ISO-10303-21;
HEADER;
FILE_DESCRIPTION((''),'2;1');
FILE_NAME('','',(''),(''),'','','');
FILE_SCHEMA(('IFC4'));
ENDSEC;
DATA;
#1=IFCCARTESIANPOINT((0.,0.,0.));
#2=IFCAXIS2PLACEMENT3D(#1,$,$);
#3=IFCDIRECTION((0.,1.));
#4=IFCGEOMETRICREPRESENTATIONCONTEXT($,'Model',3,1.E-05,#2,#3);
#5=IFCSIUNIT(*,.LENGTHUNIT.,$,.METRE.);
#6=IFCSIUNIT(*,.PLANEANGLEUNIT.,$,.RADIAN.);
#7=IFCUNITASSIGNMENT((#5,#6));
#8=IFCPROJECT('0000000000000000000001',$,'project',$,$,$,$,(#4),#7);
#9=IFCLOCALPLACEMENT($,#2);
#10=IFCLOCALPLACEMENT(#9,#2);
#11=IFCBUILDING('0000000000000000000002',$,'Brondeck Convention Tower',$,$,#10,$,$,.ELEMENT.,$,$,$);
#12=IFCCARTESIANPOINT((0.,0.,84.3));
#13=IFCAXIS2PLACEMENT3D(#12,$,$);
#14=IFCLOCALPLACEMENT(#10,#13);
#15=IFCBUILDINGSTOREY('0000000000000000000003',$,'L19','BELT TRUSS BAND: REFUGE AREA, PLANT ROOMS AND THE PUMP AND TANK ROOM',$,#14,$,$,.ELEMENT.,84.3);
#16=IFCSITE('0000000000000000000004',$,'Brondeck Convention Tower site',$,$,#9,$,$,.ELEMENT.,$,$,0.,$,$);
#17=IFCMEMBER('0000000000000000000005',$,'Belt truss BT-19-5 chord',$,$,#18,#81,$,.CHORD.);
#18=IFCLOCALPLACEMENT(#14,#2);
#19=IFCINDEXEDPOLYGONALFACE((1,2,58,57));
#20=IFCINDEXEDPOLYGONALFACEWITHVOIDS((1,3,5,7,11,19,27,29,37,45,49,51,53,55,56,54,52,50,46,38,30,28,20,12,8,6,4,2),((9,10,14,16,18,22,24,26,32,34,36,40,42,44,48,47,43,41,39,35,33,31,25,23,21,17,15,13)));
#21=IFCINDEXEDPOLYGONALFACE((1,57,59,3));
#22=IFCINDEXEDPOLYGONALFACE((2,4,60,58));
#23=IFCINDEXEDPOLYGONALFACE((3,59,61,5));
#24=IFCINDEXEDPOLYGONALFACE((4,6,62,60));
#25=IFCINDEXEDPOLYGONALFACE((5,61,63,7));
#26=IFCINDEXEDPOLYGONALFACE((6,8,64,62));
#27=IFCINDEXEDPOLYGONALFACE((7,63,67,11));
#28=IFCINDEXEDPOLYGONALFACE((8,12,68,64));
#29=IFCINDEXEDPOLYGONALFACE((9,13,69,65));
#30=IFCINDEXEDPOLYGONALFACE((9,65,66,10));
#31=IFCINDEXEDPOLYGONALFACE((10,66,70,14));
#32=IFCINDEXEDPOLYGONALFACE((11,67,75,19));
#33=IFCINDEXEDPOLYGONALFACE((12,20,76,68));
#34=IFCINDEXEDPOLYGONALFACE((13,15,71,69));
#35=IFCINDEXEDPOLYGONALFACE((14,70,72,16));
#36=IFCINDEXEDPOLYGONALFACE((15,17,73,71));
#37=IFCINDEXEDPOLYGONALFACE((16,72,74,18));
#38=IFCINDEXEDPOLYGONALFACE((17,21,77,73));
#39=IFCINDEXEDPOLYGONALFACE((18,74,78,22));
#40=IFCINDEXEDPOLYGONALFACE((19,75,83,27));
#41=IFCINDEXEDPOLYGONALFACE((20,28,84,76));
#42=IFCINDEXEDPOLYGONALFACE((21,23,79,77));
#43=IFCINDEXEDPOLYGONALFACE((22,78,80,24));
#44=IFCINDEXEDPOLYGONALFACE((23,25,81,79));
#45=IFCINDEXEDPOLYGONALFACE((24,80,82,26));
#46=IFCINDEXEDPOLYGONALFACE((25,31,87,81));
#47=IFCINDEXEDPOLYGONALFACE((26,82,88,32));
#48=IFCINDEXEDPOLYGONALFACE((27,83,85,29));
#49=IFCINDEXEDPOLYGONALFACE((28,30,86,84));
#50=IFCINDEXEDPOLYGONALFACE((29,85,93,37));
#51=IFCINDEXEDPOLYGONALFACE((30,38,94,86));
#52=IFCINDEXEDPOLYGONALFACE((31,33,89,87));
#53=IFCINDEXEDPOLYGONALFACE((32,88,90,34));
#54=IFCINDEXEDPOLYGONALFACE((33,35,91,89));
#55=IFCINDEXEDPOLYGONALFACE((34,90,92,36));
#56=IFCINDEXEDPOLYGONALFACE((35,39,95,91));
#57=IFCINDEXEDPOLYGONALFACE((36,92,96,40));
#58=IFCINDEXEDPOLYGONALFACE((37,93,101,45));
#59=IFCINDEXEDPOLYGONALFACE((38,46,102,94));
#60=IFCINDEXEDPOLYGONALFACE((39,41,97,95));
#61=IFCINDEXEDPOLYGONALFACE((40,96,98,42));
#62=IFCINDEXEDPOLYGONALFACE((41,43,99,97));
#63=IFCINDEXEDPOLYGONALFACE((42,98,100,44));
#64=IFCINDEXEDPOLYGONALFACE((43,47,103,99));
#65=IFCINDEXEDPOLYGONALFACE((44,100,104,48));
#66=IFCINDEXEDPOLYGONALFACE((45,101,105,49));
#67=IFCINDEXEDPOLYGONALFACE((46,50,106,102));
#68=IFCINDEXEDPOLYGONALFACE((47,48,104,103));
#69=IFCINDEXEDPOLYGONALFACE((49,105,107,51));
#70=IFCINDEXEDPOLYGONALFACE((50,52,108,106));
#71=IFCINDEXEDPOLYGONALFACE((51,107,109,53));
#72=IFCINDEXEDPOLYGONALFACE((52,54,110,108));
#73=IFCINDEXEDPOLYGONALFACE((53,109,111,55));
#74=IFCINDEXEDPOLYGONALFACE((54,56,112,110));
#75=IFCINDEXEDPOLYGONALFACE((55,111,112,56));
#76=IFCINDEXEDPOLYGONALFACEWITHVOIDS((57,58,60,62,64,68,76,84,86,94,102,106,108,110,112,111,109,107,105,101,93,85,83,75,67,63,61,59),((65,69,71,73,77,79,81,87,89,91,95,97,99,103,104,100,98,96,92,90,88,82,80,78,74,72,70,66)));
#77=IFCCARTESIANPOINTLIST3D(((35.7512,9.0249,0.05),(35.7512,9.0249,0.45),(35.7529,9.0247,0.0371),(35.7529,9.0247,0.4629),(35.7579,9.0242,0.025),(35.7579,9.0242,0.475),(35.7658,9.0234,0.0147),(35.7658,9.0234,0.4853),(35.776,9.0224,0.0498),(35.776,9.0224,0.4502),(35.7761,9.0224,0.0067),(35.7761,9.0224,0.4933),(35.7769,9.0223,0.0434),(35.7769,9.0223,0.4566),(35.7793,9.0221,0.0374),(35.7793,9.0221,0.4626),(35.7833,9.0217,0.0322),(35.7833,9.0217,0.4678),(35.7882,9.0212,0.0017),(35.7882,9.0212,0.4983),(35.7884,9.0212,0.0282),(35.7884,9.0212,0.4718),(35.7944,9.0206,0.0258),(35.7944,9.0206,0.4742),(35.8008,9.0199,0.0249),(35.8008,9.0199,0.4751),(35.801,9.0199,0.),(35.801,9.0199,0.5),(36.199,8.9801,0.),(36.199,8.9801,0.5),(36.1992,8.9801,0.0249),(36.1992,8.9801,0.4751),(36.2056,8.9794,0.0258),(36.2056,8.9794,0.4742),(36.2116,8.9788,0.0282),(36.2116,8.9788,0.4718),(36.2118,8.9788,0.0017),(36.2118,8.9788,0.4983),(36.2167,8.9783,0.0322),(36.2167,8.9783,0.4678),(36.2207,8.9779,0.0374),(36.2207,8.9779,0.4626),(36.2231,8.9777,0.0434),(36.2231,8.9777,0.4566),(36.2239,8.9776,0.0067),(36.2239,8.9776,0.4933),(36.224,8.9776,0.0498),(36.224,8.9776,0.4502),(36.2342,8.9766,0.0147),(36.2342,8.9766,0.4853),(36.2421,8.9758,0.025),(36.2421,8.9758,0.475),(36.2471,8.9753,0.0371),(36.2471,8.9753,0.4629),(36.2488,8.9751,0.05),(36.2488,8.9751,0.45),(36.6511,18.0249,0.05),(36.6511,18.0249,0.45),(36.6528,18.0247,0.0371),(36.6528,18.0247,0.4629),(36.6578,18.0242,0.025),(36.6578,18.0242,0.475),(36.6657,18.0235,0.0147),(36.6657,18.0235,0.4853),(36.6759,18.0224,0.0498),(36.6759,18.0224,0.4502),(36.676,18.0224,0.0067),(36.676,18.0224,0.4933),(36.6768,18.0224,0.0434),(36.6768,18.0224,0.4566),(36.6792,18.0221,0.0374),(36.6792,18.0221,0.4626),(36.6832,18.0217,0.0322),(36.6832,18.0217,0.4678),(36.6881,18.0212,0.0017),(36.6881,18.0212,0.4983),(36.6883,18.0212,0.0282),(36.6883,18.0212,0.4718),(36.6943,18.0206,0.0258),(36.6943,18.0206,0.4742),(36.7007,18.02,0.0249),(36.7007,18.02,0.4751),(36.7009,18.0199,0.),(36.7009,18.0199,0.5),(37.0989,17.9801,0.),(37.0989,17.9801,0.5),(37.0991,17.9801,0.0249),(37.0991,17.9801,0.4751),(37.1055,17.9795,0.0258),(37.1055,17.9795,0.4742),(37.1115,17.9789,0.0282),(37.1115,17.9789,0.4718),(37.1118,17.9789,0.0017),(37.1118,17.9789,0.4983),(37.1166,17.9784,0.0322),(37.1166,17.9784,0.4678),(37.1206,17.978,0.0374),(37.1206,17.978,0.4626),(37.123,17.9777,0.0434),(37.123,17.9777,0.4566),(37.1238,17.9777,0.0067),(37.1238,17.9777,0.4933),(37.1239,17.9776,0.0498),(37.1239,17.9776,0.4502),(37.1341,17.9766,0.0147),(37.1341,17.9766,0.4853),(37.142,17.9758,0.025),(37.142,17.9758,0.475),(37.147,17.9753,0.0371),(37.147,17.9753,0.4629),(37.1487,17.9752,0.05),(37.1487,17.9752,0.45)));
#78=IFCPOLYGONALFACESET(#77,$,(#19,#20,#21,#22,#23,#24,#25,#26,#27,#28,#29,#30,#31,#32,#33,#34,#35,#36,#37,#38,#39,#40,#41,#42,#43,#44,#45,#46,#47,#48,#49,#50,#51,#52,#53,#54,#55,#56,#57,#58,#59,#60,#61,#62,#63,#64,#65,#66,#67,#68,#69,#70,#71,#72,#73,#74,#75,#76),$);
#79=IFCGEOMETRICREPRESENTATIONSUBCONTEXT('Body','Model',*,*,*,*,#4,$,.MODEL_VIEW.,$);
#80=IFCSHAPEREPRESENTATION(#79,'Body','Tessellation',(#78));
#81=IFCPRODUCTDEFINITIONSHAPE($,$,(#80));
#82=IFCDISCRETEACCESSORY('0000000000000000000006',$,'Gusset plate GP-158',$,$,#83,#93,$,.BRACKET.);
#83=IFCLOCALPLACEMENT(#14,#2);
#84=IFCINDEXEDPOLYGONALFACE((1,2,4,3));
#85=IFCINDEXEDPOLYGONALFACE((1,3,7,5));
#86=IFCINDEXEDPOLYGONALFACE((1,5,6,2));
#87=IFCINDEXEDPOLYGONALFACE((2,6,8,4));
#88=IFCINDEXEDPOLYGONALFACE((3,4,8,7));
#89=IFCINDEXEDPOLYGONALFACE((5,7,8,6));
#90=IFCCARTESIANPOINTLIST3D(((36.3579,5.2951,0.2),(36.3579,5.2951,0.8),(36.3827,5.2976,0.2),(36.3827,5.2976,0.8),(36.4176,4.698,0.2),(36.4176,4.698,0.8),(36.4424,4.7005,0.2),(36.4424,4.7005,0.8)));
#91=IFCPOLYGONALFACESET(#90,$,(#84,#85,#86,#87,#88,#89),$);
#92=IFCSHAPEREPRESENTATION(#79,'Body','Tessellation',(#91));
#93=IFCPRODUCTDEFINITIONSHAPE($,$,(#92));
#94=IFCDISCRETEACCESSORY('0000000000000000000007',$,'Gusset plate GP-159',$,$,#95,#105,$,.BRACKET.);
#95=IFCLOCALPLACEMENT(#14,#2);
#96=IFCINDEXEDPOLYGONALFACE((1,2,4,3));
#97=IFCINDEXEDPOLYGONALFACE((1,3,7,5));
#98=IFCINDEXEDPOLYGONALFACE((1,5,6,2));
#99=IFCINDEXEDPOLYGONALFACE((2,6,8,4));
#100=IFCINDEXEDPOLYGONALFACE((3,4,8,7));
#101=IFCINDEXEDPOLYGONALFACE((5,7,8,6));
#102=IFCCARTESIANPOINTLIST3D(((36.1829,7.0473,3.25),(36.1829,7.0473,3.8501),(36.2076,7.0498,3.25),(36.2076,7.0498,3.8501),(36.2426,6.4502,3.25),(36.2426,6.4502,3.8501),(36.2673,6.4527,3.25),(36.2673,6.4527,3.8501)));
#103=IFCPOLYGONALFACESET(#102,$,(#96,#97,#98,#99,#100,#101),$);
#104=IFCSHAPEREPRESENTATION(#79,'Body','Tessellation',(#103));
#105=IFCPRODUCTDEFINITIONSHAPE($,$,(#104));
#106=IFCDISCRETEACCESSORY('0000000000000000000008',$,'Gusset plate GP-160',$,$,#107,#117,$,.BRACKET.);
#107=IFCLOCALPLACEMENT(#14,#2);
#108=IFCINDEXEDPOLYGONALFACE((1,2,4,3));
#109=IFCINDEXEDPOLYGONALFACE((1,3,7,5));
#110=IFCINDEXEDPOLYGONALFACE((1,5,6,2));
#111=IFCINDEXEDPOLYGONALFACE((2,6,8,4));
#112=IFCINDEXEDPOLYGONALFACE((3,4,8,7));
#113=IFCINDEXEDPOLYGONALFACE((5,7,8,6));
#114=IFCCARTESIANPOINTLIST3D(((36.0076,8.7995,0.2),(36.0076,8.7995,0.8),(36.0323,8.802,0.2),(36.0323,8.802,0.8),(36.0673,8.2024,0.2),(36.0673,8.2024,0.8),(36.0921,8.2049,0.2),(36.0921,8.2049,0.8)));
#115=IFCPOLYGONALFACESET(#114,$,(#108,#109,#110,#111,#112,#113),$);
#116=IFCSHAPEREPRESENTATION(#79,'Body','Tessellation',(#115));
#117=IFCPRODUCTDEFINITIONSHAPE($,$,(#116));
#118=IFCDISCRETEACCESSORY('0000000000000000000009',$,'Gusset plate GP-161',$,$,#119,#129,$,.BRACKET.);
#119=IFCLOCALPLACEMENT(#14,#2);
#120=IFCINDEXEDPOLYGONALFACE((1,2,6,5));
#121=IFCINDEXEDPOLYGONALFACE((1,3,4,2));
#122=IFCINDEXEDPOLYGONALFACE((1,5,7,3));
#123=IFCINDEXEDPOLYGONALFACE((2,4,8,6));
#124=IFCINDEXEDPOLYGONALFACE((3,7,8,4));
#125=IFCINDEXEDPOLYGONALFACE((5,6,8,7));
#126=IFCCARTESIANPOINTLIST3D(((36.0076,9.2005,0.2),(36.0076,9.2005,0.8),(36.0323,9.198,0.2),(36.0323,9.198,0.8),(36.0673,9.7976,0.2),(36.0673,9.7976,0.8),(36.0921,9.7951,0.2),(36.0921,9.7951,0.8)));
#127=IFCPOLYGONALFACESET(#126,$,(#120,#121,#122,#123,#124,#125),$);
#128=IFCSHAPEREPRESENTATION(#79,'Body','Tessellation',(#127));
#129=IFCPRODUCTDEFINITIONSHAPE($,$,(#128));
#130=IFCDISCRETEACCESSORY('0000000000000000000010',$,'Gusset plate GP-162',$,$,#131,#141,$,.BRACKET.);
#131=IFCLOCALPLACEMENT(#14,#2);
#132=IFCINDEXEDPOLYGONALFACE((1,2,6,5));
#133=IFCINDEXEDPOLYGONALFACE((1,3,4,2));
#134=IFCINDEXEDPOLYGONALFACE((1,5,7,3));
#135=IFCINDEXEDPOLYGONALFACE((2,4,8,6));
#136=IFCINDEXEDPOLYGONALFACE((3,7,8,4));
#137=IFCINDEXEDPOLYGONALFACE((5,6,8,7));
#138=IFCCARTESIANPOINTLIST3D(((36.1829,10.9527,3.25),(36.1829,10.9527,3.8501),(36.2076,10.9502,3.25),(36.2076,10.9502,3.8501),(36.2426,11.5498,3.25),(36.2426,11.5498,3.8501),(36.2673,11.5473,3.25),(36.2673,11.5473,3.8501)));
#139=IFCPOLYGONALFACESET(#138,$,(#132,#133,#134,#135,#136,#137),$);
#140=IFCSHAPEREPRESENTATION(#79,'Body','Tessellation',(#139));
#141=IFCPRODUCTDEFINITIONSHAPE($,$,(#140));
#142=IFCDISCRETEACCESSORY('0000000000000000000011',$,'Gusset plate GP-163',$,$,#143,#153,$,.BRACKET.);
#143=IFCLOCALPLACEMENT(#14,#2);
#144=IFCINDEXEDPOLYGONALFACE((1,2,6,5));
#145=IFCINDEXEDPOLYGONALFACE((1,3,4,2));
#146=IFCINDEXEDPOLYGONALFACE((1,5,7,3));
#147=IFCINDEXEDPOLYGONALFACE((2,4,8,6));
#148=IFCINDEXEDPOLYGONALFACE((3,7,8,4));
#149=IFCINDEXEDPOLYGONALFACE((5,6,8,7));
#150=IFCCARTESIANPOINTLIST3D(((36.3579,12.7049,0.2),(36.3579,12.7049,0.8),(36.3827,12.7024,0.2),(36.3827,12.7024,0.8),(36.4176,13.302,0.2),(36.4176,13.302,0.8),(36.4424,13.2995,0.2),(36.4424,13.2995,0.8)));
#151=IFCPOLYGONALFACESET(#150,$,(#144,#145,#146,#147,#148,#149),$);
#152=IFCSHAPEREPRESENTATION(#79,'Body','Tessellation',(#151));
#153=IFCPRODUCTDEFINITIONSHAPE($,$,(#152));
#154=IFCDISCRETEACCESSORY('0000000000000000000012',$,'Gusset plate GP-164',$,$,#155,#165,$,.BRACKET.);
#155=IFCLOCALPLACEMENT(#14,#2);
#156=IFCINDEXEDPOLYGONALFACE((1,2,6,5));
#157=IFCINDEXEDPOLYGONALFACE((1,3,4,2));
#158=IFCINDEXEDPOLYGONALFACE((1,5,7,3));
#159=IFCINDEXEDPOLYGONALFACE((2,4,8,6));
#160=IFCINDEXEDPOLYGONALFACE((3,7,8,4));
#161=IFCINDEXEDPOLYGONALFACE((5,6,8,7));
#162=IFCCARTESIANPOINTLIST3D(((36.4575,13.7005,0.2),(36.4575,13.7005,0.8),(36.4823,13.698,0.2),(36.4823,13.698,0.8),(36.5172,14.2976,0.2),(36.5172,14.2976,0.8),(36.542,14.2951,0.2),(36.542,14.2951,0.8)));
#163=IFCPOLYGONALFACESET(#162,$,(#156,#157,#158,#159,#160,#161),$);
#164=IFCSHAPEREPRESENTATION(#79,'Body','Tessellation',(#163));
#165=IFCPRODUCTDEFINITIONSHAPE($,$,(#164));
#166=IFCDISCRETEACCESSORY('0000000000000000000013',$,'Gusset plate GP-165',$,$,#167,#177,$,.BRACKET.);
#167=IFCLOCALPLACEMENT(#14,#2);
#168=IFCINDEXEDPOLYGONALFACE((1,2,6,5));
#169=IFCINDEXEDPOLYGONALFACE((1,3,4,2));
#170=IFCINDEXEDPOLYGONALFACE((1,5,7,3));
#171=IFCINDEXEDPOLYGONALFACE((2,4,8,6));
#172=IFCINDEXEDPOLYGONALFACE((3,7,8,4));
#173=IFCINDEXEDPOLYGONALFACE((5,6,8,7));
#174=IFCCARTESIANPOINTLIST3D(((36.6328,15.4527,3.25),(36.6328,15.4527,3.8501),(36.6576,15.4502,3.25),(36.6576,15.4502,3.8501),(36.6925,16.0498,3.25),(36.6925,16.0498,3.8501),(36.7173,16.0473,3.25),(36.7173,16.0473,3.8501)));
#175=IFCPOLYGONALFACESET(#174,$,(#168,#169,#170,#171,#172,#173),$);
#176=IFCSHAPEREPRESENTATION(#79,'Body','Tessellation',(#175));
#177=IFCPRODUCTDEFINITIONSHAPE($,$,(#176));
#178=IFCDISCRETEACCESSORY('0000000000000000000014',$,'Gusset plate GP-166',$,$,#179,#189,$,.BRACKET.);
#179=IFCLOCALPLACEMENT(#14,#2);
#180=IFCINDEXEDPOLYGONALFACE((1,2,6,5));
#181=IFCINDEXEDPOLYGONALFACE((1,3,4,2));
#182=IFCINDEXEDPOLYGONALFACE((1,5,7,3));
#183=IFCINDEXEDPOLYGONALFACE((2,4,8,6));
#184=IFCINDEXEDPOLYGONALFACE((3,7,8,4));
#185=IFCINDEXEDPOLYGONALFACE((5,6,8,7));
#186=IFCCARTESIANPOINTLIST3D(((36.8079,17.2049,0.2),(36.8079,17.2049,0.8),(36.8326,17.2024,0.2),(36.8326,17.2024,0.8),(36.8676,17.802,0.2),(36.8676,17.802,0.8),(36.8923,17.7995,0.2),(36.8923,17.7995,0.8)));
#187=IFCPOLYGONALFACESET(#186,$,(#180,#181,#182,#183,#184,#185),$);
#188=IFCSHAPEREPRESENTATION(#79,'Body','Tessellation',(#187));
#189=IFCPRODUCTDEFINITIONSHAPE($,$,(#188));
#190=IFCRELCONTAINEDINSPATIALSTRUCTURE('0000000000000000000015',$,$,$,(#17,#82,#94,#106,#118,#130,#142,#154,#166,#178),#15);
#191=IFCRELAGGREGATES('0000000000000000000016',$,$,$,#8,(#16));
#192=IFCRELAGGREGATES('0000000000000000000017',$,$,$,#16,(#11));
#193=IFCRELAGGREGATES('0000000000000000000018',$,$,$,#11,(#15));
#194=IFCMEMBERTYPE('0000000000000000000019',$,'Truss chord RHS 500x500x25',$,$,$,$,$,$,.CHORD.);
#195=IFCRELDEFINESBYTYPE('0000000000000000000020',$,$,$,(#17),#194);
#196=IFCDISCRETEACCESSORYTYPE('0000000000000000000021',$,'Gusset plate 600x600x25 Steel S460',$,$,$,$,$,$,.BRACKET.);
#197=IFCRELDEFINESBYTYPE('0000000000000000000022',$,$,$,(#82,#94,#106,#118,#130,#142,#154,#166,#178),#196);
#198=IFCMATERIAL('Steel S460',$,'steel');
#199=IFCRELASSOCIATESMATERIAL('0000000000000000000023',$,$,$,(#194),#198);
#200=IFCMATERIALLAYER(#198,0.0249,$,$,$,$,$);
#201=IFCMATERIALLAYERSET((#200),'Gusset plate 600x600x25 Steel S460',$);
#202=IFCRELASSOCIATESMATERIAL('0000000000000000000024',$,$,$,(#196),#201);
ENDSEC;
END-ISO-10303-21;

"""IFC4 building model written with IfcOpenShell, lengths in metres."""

from ifc_helpers import new_model, si_unit, direction, frame, origin, origin_2d, place, context, subcontext, project, spatial, rectangle, hollow_rectangle, extrude, material, layer, layer_set, material_profile, profile_set, type_object, element, save


model = new_model("IFC4")

# Units and contexts
model_context = context("Model", 3, precision=1e-05, world=origin(), true_north=direction((0.0, 1.0)))
body_context = subcontext(model_context, "Body", "Model", "MODEL_VIEW")
ifc_project = project(units=[si_unit("LENGTHUNIT", "METRE"), si_unit("PLANEANGLEUNIT", "RADIAN")], contexts=[model_context])

# Site, building, storey
site_placement = place(None, origin())
site = spatial("IfcSite", under=ifc_project, at=site_placement, Name="Brondeck Convention Tower site", CompositionType="ELEMENT", RefElevation=0.0)
building_placement = place(site_placement, origin())
building = spatial("IfcBuilding", under=site, at=building_placement, Name="Brondeck Convention Tower", CompositionType="ELEMENT")
storey_placement = place(building_placement, frame((0.0, 0.0, 84.3)))
storey = spatial("IfcBuildingStorey", under=building, at=storey_placement, Name="L19", Description="BELT TRUSS BAND: REFUGE AREA, PLANT ROOMS AND THE PUMP AND TANK ROOM", CompositionType="ELEMENT", Elevation=84.3)

# Shared definitions
ifc_material_1 = material(Name="Steel S460", Category="steel")

# Member
ifc_material_profile_1 = material_profile(ifc_material_1, hollow_rectangle(XDim=0.5, YDim=0.5, WallThickness=0.0249, InnerFilletRadius=0.0249, OuterFilletRadius=0.05, at=origin_2d()), Name="RHS 500x500x25")
ifc_profile_set_1 = profile_set([ifc_material_profile_1], Name="Steel S460")
member_type_1 = type_object("IfcMemberType", Name="Truss chord RHS 500x500x25", PredefinedType="CHORD", material=ifc_profile_set_1)
member_1_placement = place(storey_placement, frame((36.0, 9.0, 0.25), z_axis=(0.099493, 0.995038, 0.0), x_axis=(-0.995038, 0.099493, 0.0)))
element("IfcMember", 1, at=member_1_placement, inside=storey, type_object=member_type_1, Name="Belt truss BT-19-5 chord", PredefinedType="CHORD", context=body_context, shape_type="SweptSolid", body=[
    extrude(hollow_rectangle(XDim=0.5, YDim=0.5, WallThickness=0.0249, InnerFilletRadius=0.0249, OuterFilletRadius=0.05, at=origin_2d()), origin(), (0.0, 0.0, 1.0), 9.0449),
])

# Discrete accessories
ifc_layer = layer(ifc_material_1, 0.0249)
ifc_layer_set = layer_set([ifc_layer], Name="Gusset plate 600x600x25 Steel S460")
discrete_accessory_type = type_object("IfcDiscreteAccessoryType", Name="Gusset plate 600x600x25 Steel S460", PredefinedType="BRACKET", material=ifc_layer_set)
for number, where, z_axis, x_axis, name in (
    (2, (36.4001, 4.9978, 0.2), (0.0, 0.0, 1.0), (-0.099511, 0.995036, 0.0), "Gusset plate GP-158"),
    (3, (36.2251, 6.75, 3.25), (0.0, 0.0, 1.0), (-0.099511, 0.995036, 0.0), "Gusset plate GP-159"),
    (4, (36.0498, 8.5022, 0.2), (0.0, 0.0, 1.0), (-0.099511, 0.995036, 0.0), "Gusset plate GP-160"),
    (5, (36.0498, 9.4978, 0.2), (0.0, 0.0, 1.0), (0.099511, 0.995036, 0.0), "Gusset plate GP-161"),
    (6, (36.2251, 11.25, 3.25), (0.0, 0.0, 1.0), (0.099511, 0.995036, 0.0), "Gusset plate GP-162"),
    (7, (36.4001, 13.0022, 0.2), (0.0, 0.0, 1.0), (0.099511, 0.995036, 0.0), "Gusset plate GP-163"),
    (8, (36.4998, 13.9978, 0.2), (0.0, 0.0, 1.0), (0.099511, 0.995036, 0.0), "Gusset plate GP-164"),
    (9, (36.675, 15.75, 3.25), (0.0, 0.0, 1.0), (0.099511, 0.995036, 0.0), "Gusset plate GP-165"),
    (10, (36.8501, 17.5022, 0.2), (0.0, 0.0, 1.0), (0.099511, 0.995036, 0.0), "Gusset plate GP-166"),
):
    element("IfcDiscreteAccessory", number, at=place(storey_placement, frame(where, z_axis=z_axis, x_axis=x_axis)), inside=storey, type_object=discrete_accessory_type, Name=name, PredefinedType="BRACKET", context=body_context, shape_type="SweptSolid", body=[
        extrude(rectangle(XDim=0.6001, YDim=0.0249, at=origin_2d()), origin(), (0.0, 0.0, 1.0), 0.6001),
    ])

save(model, "model.ifc")
